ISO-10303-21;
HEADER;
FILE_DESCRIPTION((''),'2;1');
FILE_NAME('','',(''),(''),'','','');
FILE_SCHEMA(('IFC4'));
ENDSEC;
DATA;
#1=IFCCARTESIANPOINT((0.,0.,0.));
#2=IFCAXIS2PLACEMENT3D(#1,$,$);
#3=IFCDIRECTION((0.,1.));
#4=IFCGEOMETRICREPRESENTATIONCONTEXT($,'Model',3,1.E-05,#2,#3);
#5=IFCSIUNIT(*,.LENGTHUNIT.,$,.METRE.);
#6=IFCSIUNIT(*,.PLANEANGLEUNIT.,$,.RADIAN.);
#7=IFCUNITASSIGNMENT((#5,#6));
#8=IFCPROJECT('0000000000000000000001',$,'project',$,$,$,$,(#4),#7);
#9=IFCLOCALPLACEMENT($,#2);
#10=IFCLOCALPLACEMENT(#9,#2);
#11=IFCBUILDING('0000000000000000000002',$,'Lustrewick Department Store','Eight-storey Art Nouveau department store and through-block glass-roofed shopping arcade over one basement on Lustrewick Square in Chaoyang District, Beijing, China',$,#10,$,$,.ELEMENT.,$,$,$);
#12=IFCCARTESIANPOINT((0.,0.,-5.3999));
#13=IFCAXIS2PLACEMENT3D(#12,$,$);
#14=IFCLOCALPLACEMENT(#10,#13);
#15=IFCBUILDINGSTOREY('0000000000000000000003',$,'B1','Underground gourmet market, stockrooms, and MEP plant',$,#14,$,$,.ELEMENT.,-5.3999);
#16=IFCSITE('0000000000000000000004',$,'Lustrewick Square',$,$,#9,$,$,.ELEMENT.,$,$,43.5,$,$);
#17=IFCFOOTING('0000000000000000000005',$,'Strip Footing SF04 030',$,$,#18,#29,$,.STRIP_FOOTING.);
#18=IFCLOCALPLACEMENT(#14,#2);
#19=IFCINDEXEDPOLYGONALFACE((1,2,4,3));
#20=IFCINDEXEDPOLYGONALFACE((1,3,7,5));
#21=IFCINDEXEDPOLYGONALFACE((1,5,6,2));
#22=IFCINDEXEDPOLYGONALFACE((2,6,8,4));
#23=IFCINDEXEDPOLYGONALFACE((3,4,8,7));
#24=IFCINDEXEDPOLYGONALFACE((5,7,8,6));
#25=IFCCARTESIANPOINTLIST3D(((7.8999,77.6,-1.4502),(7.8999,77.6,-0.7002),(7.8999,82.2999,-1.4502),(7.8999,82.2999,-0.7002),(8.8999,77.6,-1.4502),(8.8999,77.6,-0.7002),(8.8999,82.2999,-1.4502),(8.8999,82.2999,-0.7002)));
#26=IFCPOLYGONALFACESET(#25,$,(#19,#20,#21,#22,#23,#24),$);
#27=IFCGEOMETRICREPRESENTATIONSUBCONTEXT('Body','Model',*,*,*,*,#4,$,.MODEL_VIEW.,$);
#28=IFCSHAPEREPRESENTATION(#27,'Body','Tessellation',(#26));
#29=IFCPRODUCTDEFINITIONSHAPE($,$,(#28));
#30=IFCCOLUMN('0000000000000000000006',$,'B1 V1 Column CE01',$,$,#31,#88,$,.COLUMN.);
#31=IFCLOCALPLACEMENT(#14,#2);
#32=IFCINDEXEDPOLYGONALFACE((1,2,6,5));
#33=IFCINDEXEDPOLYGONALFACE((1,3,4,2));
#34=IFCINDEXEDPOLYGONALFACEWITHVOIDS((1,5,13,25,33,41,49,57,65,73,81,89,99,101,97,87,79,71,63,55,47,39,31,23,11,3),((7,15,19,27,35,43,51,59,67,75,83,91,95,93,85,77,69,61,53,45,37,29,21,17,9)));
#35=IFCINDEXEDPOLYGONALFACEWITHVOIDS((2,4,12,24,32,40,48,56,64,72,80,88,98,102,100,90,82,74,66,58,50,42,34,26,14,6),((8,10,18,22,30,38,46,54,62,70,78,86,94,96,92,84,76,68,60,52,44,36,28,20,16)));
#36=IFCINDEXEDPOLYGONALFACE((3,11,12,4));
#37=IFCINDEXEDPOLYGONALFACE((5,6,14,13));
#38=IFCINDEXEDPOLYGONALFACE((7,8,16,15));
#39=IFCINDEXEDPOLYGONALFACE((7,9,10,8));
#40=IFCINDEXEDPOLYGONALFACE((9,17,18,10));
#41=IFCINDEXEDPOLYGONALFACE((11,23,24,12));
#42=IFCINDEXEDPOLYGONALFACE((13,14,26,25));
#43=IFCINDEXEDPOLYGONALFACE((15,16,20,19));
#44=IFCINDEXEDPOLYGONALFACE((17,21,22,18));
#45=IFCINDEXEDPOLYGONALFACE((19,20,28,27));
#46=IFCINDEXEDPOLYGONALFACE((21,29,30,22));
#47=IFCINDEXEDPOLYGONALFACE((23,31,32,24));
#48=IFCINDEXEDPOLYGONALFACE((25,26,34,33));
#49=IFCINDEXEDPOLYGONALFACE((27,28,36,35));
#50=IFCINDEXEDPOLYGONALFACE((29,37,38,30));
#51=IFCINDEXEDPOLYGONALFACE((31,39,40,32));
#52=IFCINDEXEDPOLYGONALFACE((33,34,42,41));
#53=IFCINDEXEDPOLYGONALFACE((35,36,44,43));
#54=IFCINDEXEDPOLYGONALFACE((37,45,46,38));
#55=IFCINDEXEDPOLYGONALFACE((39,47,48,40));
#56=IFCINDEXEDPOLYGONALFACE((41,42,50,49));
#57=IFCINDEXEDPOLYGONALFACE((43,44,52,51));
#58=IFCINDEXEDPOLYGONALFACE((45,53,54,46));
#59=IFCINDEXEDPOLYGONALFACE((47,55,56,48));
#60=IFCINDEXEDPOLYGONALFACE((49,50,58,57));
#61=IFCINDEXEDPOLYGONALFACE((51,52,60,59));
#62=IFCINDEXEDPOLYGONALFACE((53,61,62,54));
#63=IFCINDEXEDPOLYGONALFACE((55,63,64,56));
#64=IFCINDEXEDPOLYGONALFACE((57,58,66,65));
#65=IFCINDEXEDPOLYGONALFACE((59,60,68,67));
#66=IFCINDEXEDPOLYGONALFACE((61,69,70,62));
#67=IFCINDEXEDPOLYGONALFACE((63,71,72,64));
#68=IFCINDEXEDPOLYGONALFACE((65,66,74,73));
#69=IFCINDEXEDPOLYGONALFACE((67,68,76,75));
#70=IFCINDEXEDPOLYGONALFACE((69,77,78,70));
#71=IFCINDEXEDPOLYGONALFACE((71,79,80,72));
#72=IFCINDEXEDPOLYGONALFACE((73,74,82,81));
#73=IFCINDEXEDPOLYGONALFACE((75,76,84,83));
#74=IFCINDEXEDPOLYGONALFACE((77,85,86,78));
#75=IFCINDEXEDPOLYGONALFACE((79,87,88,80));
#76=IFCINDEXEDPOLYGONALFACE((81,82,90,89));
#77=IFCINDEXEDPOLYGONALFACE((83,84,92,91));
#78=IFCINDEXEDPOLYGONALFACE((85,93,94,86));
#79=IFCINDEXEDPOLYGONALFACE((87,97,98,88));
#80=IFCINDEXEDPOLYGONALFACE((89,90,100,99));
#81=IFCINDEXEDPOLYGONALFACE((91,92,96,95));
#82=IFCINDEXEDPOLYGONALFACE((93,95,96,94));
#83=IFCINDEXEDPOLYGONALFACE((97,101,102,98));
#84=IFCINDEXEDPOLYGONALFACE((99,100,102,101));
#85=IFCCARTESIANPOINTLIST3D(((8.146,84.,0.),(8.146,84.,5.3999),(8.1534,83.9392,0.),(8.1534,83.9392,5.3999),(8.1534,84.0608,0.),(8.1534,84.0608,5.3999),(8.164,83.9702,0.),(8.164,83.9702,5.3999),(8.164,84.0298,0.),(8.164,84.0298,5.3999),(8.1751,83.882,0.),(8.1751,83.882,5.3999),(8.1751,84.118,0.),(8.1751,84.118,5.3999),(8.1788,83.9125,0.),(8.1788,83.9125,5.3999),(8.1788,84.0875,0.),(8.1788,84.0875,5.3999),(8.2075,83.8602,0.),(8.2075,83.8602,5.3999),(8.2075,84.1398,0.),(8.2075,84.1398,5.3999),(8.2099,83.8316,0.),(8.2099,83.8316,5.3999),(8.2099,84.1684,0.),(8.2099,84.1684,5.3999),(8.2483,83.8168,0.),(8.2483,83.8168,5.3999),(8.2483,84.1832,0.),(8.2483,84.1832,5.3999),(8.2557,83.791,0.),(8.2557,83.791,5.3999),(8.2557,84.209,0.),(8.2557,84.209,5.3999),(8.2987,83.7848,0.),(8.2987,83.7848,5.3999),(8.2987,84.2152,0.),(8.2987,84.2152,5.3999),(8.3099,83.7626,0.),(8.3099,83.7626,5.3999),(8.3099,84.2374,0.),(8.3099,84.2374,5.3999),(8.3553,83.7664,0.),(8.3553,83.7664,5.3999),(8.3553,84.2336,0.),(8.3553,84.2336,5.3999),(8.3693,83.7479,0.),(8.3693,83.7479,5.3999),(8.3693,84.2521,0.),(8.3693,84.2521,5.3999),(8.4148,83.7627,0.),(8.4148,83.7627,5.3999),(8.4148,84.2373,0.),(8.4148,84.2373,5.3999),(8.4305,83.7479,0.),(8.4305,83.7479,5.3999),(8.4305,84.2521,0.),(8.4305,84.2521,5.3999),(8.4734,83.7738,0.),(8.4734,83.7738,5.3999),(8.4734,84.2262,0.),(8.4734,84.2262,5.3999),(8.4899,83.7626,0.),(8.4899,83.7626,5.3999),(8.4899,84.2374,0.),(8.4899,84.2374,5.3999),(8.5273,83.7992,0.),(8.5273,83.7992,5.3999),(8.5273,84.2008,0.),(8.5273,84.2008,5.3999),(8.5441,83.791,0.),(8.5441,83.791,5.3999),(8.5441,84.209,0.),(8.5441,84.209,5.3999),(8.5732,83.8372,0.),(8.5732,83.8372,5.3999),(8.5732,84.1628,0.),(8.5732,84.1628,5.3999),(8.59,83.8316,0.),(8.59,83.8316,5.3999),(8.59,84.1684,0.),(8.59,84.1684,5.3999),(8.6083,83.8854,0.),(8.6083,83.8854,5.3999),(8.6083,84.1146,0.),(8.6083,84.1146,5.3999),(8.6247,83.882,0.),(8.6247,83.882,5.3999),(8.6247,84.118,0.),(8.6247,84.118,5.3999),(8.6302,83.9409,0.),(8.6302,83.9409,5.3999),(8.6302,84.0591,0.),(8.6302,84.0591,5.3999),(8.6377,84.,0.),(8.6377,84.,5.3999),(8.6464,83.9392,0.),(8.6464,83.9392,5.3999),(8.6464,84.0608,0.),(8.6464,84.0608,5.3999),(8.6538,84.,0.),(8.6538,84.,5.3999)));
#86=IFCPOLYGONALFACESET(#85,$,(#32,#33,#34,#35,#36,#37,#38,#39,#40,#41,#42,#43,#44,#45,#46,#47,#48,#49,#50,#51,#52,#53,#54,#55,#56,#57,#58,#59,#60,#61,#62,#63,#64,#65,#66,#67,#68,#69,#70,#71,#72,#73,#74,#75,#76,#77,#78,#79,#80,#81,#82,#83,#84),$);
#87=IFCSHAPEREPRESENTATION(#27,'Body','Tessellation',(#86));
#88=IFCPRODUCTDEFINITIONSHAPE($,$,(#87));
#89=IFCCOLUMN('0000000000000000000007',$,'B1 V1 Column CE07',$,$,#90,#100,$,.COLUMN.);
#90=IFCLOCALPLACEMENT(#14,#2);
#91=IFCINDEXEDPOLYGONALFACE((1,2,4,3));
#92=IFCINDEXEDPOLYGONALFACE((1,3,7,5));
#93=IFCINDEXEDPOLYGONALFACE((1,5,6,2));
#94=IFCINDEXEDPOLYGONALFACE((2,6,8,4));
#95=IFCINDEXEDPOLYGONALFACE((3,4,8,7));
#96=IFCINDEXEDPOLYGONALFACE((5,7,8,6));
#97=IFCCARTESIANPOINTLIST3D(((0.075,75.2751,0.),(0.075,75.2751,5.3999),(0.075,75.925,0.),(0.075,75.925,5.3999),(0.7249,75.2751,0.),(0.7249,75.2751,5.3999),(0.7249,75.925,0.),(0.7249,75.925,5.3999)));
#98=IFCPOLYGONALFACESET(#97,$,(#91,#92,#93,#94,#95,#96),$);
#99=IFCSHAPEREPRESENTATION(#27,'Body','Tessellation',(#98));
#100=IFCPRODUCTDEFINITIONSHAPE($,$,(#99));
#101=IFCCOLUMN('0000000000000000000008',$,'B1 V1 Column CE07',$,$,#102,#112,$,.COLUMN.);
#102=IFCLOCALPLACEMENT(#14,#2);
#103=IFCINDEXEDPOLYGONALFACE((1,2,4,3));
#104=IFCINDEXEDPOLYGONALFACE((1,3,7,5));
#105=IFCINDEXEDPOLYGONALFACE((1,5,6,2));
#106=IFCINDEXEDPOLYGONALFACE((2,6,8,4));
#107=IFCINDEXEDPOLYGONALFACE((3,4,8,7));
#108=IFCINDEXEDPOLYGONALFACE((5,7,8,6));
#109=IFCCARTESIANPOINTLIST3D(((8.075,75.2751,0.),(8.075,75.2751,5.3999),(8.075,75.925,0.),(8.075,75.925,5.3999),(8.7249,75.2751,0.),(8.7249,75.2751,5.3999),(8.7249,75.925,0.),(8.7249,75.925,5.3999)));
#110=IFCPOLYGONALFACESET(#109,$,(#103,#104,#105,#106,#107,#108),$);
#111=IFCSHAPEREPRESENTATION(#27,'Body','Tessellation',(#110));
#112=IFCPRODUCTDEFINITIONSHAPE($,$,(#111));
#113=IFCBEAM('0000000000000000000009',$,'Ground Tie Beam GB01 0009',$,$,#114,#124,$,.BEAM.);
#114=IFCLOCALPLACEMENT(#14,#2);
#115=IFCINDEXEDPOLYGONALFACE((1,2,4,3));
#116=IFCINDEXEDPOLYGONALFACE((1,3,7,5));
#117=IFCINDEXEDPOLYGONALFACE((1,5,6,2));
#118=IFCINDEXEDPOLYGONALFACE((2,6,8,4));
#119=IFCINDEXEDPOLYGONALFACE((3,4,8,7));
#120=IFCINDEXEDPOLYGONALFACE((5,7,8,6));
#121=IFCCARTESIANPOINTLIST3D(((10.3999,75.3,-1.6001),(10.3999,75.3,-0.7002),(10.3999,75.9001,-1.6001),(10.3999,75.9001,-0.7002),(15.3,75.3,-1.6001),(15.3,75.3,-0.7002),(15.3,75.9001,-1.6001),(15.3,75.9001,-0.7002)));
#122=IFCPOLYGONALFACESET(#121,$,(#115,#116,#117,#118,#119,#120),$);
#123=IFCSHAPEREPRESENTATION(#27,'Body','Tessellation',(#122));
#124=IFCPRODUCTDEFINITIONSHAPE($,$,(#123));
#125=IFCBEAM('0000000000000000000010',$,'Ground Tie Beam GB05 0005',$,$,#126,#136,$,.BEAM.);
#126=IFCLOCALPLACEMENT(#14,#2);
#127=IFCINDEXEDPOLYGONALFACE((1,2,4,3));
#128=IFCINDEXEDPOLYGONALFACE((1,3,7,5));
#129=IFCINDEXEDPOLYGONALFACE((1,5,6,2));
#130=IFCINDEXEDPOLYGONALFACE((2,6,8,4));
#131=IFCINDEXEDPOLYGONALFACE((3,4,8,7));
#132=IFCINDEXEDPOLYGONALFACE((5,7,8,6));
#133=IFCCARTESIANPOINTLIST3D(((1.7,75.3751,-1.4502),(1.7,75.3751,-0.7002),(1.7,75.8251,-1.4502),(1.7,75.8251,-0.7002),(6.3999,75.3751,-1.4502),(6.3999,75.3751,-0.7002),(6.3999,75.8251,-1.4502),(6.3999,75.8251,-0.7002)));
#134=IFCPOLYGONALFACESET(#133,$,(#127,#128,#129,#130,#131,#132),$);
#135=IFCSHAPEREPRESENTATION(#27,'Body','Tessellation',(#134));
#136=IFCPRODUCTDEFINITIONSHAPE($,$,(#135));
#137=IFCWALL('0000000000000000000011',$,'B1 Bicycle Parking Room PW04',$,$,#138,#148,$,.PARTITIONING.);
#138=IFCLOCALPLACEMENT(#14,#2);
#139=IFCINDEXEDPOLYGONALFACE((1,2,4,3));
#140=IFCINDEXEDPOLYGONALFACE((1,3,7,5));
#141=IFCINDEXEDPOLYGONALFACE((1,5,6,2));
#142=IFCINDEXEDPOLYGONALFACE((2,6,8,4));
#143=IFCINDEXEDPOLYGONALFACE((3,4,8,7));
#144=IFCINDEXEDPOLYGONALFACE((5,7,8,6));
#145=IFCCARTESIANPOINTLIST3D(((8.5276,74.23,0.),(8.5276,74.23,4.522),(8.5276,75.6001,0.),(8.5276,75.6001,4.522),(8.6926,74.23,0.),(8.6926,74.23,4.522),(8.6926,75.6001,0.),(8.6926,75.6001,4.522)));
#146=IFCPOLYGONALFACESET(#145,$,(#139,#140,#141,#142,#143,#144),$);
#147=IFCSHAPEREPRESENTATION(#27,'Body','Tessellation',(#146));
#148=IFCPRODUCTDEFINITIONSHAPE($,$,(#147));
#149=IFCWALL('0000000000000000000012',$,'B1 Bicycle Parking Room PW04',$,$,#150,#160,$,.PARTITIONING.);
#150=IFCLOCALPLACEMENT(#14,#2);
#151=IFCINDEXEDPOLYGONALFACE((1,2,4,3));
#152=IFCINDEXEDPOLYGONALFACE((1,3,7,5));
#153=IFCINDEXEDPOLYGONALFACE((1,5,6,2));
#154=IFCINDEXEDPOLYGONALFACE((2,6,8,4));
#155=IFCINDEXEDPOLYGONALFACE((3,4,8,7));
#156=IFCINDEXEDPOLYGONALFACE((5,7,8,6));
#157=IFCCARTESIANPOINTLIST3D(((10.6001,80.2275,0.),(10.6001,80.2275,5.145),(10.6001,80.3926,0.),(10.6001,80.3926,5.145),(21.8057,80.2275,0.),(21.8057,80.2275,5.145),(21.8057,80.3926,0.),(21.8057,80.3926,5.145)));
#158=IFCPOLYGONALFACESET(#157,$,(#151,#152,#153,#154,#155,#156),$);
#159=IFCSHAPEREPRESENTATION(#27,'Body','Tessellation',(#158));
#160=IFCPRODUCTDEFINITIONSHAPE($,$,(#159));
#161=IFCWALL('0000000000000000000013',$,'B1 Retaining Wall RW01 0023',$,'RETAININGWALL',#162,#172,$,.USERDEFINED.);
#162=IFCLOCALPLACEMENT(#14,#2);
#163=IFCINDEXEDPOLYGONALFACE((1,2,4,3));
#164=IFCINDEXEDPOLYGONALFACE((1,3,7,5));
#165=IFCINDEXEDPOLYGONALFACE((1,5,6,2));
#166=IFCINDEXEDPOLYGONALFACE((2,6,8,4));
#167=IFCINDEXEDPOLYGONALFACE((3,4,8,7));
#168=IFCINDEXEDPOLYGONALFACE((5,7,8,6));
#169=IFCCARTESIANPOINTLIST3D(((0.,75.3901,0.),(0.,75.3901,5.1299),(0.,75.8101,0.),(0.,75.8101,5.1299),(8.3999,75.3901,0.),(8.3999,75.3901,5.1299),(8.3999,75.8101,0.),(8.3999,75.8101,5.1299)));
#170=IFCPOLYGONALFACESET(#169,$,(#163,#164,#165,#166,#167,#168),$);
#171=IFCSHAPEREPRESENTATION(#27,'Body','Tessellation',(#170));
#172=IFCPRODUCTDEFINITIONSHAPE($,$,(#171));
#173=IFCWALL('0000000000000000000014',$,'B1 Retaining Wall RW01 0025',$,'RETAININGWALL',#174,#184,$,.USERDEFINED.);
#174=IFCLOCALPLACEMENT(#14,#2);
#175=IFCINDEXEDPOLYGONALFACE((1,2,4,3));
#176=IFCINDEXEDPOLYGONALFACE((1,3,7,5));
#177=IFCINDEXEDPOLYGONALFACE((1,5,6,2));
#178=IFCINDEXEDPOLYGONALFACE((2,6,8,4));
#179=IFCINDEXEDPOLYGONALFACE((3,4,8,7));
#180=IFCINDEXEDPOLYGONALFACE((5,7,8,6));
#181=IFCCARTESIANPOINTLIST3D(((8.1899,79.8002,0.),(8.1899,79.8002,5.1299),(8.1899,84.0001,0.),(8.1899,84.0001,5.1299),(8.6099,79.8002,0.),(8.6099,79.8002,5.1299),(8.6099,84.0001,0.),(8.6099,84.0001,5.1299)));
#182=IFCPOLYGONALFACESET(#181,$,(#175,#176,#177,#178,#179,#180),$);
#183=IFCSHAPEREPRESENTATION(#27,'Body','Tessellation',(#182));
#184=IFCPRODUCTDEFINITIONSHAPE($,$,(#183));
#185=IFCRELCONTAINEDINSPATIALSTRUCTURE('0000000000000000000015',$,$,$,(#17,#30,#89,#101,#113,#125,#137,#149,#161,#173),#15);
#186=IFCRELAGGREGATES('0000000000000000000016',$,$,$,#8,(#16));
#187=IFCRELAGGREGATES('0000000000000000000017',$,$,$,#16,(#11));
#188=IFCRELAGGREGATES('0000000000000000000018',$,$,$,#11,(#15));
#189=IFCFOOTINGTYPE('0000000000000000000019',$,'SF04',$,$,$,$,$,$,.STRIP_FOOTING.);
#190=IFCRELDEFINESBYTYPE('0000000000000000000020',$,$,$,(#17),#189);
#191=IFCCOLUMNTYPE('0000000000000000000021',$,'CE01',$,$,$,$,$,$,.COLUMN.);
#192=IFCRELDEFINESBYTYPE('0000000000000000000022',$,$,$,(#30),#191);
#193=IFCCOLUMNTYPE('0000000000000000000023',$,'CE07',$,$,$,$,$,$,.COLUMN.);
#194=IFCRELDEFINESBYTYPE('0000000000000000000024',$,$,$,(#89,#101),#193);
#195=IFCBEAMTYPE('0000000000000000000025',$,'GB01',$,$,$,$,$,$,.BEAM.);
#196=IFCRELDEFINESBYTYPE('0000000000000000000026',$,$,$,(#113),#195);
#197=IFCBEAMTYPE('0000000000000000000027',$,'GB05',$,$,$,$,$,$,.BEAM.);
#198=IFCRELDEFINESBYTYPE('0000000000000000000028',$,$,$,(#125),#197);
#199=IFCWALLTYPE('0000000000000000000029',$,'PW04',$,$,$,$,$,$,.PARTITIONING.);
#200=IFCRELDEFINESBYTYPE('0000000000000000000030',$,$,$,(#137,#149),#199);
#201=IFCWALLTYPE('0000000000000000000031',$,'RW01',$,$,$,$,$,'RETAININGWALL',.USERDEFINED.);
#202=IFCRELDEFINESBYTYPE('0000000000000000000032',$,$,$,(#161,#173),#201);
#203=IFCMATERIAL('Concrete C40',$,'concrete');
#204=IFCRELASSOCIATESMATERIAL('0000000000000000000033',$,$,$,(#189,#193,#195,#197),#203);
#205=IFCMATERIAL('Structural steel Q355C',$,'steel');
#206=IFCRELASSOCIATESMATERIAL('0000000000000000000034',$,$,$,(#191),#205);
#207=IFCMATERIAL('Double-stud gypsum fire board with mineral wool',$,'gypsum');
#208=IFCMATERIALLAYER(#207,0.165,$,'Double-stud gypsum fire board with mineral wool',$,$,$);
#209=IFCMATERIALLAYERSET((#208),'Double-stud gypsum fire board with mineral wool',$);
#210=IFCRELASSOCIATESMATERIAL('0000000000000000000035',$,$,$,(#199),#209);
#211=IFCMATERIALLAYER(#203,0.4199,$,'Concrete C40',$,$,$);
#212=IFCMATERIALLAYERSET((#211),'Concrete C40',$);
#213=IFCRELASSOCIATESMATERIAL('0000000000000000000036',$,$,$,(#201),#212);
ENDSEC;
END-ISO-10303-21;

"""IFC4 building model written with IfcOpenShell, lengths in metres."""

from ifc_helpers import new_model, si_unit, direction, frame, frame_2d, origin, origin_2d, place, context, subcontext, project, spatial, rectangle, hollow_circle, extrude, material, layer, layer_set, material_profile, profile_set, type_object, element, save


model = new_model("IFC4")

# Units and contexts
model_context = context("Model", 3, precision=1e-05, world=origin(), true_north=direction((0.0, 1.0)))
body_context = subcontext(model_context, "Body", "Model", "MODEL_VIEW")
ifc_project = project(units=[si_unit("LENGTHUNIT", "METRE"), si_unit("PLANEANGLEUNIT", "RADIAN")], contexts=[model_context])

# Site, building, storey
site_placement = place(None, origin())
site = spatial("IfcSite", under=ifc_project, at=site_placement, Name="Lustrewick Square", CompositionType="ELEMENT", RefElevation=43.5)
building_placement = place(site_placement, origin())
building = spatial("IfcBuilding", under=site, at=building_placement, Name="Lustrewick Department Store", Description="Eight-storey Art Nouveau department store and through-block glass-roofed shopping arcade over one basement on Lustrewick Square in Chaoyang District, Beijing, China", CompositionType="ELEMENT")
storey_placement = place(building_placement, frame((0.0, 0.0, -5.3999)))
storey = spatial("IfcBuildingStorey", under=building, at=storey_placement, Name="B1", Description="Underground gourmet market, stockrooms, and MEP plant", CompositionType="ELEMENT", Elevation=-5.3999)

# Shared definitions
ifc_material_1 = material(Name="Concrete C40", Category="concrete")

# Footing
footing_type_1 = type_object("IfcFootingType", Name="SF04", PredefinedType="STRIP_FOOTING", material=ifc_material_1)
footing_1_placement = place(storey_placement, frame((8.3999, 79.95, -1.4502), z_axis=(0.0, 0.0, 1.0), x_axis=(0.0, 1.0, 0.0)))
element("IfcFooting", 1, at=footing_1_placement, inside=storey, type_object=footing_type_1, Name="Strip Footing SF04 030", PredefinedType="STRIP_FOOTING", context=body_context, shape_type="SweptSolid", body=[
    extrude(rectangle(XDim=4.7, YDim=1.0, at=origin_2d()), origin(), (0.0, 0.0, 1.0), 0.75),
])

# Columns
ifc_material_2 = material(Name="Structural steel Q355C", Category="steel")
ifc_material_profile_1 = material_profile(ifc_material_2, hollow_circle(Radius=0.2539, WallThickness=0.0161, at=origin_2d()), Name="CHS 508x16")
ifc_profile_set_1 = profile_set([ifc_material_profile_1], Name="Structural steel Q355C")
column_type_1 = type_object("IfcColumnType", Name="CE01", PredefinedType="COLUMN", material=ifc_profile_set_1)
column_placement = place(storey_placement, frame((8.3999, 84.0, 0.0), z_axis=(0.0, 0.0, 1.0), x_axis=(1.0, 0.0, 0.0)))
element("IfcColumn", 2, at=column_placement, inside=storey, type_object=column_type_1, Name="B1 V1 Column CE01", PredefinedType="COLUMN", context=body_context, shape_type="SweptSolid", body=[
    extrude(hollow_circle(Radius=0.2539, WallThickness=0.0161, at=origin_2d()), origin(), (0.0, 0.0, 1.0), 5.3999),
])
ifc_material_profile_2 = material_profile(ifc_material_1, rectangle(XDim=0.6499, YDim=0.6499, at=origin_2d()), Name="RC 650x650")
ifc_profile_set_2 = profile_set([ifc_material_profile_2], Name="Concrete C40")
column_type_2 = type_object("IfcColumnType", Name="CE07", PredefinedType="COLUMN", material=ifc_profile_set_2)
for number, where, z_axis, x_axis, name in (
    (3, (0.3999, 75.6001, 0.0), (0.0, 0.0, 1.0), (1.0, 0.0, 0.0), "B1 V1 Column CE07"),
    (4, (8.3999, 75.6001, 0.0), (0.0, 0.0, 1.0), (1.0, 0.0, 0.0), "B1 V1 Column CE07"),
):
    element("IfcColumn", number, at=place(storey_placement, frame(where, z_axis=z_axis, x_axis=x_axis)), inside=storey, type_object=column_type_2, Name=name, PredefinedType="COLUMN", context=body_context, shape_type="SweptSolid", body=[
        extrude(rectangle(XDim=0.6499, YDim=0.6499, at=origin_2d()), origin(), (0.0, 0.0, 1.0), 5.3999),
    ])

# Beams
ifc_material_profile_3 = material_profile(ifc_material_1, rectangle(XDim=0.6001, YDim=0.8999, at=origin_2d()), Name="RC 600x900")
ifc_profile_set_3 = profile_set([ifc_material_profile_3], Name="Concrete C40")
beam_type_1 = type_object("IfcBeamType", Name="GB01", PredefinedType="BEAM", material=ifc_profile_set_3)
beam_1_placement = place(storey_placement, frame((10.3999, 75.6001, -1.1501), z_axis=(1.0, 0.0, 0.0), x_axis=(0.0, 1.0, 0.0)))
element("IfcBeam", 5, at=beam_1_placement, inside=storey, type_object=beam_type_1, Name="Ground Tie Beam GB01 0009", PredefinedType="BEAM", context=body_context, shape_type="SweptSolid", body=[
    extrude(rectangle(XDim=0.6001, YDim=0.8999, at=origin_2d()), origin(), (0.0, 0.0, 1.0), 4.9001),
])
ifc_material_profile_4 = material_profile(ifc_material_1, rectangle(XDim=0.45, YDim=0.75, at=origin_2d()), Name="RC 450x750")
ifc_profile_set_4 = profile_set([ifc_material_profile_4], Name="Concrete C40")
beam_type_2 = type_object("IfcBeamType", Name="GB05", PredefinedType="BEAM", material=ifc_profile_set_4)
beam_2_placement = place(storey_placement, frame((1.7, 75.6001, -1.0752), z_axis=(1.0, 0.0, 0.0), x_axis=(0.0, 1.0, 0.0)))
element("IfcBeam", 6, at=beam_2_placement, inside=storey, type_object=beam_type_2, Name="Ground Tie Beam GB05 0005", PredefinedType="BEAM", context=body_context, shape_type="SweptSolid", body=[
    extrude(rectangle(XDim=0.45, YDim=0.75, at=origin_2d()), origin(), (0.0, 0.0, 1.0), 4.7),
])

# Walls
ifc_material_3 = material(Name="Double-stud gypsum fire board with mineral wool", Category="gypsum")
ifc_layer_1 = layer(ifc_material_3, 0.165, Name="Double-stud gypsum fire board with mineral wool")
ifc_layer_set_1 = layer_set([ifc_layer_1], Name="Double-stud gypsum fire board with mineral wool")
wall_type_1 = type_object("IfcWallType", Name="PW04", PredefinedType="PARTITIONING", material=ifc_layer_set_1)
wall_1_placement = place(storey_placement, frame((8.6101, 75.6001, 0.0), z_axis=(0.0, 0.0, 1.0), x_axis=(0.0, -1.0, 0.0)))
element("IfcWall", 7, at=wall_1_placement, inside=storey, type_object=wall_type_1, Name="B1 Bicycle Parking Room PW04", PredefinedType="PARTITIONING", context=body_context, shape_type="SweptSolid", body=[
    extrude(rectangle(XDim=1.3701, YDim=0.165, at=frame_2d((0.6851, 0.0))), origin(), (0.0, 0.0, 1.0), 4.522),
])
wall_2_placement = place(storey_placement, frame((10.6001, 80.3101, 0.0), z_axis=(0.0, 0.0, 1.0), x_axis=(1.0, 0.0, 0.0)))
element("IfcWall", 8, at=wall_2_placement, inside=storey, type_object=wall_type_1, Name="B1 Bicycle Parking Room PW04", PredefinedType="PARTITIONING", context=body_context, shape_type="SweptSolid", body=[
    extrude(rectangle(XDim=11.2056, YDim=0.165, at=frame_2d((5.6028, 0.0))), origin(), (0.0, 0.0, 1.0), 5.145),
])
ifc_layer_2 = layer(ifc_material_1, 0.4199, Name="Concrete C40")
ifc_layer_set_2 = layer_set([ifc_layer_2], Name="Concrete C40")
wall_type_2 = type_object("IfcWallType", Name="RW01", ElementType="RETAININGWALL", PredefinedType="USERDEFINED", material=ifc_layer_set_2)
wall_3_placement = place(storey_placement, frame((0.0, 75.6001, 0.0), z_axis=(0.0, 0.0, 1.0), x_axis=(1.0, 0.0, 0.0)))
element("IfcWall", 9, at=wall_3_placement, inside=storey, type_object=wall_type_2, Name="B1 Retaining Wall RW01 0023", ObjectType="RETAININGWALL", PredefinedType="USERDEFINED", context=body_context, shape_type="SweptSolid", body=[
    extrude(rectangle(XDim=8.3999, YDim=0.4199, at=frame_2d((4.2, 0.0))), origin(), (0.0, 0.0, 1.0), 5.1299),
])
wall_4_placement = place(storey_placement, frame((8.3999, 79.8, 0.0), z_axis=(0.0, 0.0, 1.0), x_axis=(0.0, 1.0, 0.0)))
element("IfcWall", 10, at=wall_4_placement, inside=storey, type_object=wall_type_2, Name="B1 Retaining Wall RW01 0025", ObjectType="RETAININGWALL", PredefinedType="USERDEFINED", context=body_context, shape_type="SweptSolid", body=[
    extrude(rectangle(XDim=4.2, YDim=0.4199, at=frame_2d((2.1001, 0.0))), origin(), (0.0, 0.0, 1.0), 5.1299),
])

save(model, "model.ifc")
